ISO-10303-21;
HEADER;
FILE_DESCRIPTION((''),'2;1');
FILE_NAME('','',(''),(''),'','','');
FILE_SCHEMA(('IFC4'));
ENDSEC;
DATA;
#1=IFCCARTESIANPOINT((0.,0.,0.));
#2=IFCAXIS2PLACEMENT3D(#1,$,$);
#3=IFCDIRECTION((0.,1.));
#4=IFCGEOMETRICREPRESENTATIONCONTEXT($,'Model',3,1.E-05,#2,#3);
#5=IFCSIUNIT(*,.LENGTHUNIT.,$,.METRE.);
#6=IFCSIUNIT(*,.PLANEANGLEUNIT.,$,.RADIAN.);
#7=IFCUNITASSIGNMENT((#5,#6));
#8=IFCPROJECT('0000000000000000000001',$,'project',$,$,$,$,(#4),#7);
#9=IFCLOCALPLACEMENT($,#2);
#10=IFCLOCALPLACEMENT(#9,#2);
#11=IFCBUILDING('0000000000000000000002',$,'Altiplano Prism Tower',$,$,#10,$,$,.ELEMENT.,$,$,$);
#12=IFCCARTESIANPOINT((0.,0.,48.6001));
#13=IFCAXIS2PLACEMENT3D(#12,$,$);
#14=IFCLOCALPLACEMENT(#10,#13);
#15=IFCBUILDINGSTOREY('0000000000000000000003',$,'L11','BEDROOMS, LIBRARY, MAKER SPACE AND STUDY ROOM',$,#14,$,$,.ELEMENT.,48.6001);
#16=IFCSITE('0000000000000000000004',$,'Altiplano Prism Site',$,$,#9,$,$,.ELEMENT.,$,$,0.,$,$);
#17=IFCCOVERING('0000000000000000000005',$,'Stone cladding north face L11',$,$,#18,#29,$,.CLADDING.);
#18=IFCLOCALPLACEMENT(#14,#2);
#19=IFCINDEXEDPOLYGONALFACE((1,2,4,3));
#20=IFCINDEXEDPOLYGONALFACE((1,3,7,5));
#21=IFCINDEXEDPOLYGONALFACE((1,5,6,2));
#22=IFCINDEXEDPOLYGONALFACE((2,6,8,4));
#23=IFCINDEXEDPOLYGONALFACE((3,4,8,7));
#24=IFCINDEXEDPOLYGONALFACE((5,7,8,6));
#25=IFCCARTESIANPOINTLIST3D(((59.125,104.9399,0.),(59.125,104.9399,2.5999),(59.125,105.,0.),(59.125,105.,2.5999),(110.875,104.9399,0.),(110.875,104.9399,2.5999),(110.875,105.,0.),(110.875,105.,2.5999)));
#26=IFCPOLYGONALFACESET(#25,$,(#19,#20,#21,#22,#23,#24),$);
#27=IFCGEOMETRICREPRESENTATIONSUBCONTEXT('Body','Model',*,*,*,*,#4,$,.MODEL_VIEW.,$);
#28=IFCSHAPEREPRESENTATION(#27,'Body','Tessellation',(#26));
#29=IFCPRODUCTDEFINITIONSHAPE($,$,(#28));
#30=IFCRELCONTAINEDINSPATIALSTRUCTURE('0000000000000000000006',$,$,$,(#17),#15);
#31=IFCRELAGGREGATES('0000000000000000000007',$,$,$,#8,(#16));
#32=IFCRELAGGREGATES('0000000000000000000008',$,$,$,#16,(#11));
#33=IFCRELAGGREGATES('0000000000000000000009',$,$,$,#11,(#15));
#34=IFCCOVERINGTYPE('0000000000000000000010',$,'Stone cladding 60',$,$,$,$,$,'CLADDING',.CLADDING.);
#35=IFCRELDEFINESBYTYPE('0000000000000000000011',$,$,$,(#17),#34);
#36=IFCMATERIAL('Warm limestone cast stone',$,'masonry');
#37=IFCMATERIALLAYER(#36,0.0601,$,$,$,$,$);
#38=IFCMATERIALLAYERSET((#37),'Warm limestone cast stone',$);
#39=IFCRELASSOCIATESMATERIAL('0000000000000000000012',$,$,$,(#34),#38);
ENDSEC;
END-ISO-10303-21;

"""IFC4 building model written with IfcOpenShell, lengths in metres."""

from ifc_helpers import new_model, si_unit, direction, frame, frame_2d, origin, place, context, subcontext, project, spatial, rectangle, extrude, material, layer, layer_set, type_object, element, save


model = new_model("IFC4")

# Units and contexts
model_context = context("Model", 3, precision=1e-05, world=origin(), true_north=direction((0.0, 1.0)))
body_context = subcontext(model_context, "Body", "Model", "MODEL_VIEW")
ifc_project = project(units=[si_unit("LENGTHUNIT", "METRE"), si_unit("PLANEANGLEUNIT", "RADIAN")], contexts=[model_context])

# Site, building, storey
site_placement = place(None, origin())
site = spatial("IfcSite", under=ifc_project, at=site_placement, Name="Altiplano Prism Site", CompositionType="ELEMENT", RefElevation=0.0)
building_placement = place(site_placement, origin())
building = spatial("IfcBuilding", under=site, at=building_placement, Name="Altiplano Prism Tower", CompositionType="ELEMENT")
storey_placement = place(building_placement, frame((0.0, 0.0, 48.6001)))
storey = spatial("IfcBuildingStorey", under=building, at=storey_placement, Name="L11", Description="BEDROOMS, LIBRARY, MAKER SPACE AND STUDY ROOM", CompositionType="ELEMENT", Elevation=48.6001)

# Covering
ifc_material_1 = material(Name="Warm limestone cast stone", Category="masonry")
ifc_layer_1 = layer(ifc_material_1, 0.0601)
ifc_layer_set_1 = layer_set([ifc_layer_1], Name="Warm limestone cast stone")
covering_type = type_object("IfcCoveringType", Name="Stone cladding 60", ElementType="CLADDING", PredefinedType="CLADDING", material=ifc_layer_set_1)
covering_placement = place(storey_placement, frame((59.125, 104.97, 0.0), z_axis=(0.0, 0.0, 1.0), x_axis=(1.0, 0.0, 0.0)))
element("IfcCovering", 1, at=covering_placement, inside=storey, type_object=covering_type, Name="Stone cladding north face L11", PredefinedType="CLADDING", context=body_context, shape_type="SweptSolid", body=[
    extrude(rectangle(XDim=51.75, YDim=0.0601, at=frame_2d((25.875, 0.0))), origin(), (0.0, 0.0, 1.0), 2.5999),
])

save(model, "model.ifc")
